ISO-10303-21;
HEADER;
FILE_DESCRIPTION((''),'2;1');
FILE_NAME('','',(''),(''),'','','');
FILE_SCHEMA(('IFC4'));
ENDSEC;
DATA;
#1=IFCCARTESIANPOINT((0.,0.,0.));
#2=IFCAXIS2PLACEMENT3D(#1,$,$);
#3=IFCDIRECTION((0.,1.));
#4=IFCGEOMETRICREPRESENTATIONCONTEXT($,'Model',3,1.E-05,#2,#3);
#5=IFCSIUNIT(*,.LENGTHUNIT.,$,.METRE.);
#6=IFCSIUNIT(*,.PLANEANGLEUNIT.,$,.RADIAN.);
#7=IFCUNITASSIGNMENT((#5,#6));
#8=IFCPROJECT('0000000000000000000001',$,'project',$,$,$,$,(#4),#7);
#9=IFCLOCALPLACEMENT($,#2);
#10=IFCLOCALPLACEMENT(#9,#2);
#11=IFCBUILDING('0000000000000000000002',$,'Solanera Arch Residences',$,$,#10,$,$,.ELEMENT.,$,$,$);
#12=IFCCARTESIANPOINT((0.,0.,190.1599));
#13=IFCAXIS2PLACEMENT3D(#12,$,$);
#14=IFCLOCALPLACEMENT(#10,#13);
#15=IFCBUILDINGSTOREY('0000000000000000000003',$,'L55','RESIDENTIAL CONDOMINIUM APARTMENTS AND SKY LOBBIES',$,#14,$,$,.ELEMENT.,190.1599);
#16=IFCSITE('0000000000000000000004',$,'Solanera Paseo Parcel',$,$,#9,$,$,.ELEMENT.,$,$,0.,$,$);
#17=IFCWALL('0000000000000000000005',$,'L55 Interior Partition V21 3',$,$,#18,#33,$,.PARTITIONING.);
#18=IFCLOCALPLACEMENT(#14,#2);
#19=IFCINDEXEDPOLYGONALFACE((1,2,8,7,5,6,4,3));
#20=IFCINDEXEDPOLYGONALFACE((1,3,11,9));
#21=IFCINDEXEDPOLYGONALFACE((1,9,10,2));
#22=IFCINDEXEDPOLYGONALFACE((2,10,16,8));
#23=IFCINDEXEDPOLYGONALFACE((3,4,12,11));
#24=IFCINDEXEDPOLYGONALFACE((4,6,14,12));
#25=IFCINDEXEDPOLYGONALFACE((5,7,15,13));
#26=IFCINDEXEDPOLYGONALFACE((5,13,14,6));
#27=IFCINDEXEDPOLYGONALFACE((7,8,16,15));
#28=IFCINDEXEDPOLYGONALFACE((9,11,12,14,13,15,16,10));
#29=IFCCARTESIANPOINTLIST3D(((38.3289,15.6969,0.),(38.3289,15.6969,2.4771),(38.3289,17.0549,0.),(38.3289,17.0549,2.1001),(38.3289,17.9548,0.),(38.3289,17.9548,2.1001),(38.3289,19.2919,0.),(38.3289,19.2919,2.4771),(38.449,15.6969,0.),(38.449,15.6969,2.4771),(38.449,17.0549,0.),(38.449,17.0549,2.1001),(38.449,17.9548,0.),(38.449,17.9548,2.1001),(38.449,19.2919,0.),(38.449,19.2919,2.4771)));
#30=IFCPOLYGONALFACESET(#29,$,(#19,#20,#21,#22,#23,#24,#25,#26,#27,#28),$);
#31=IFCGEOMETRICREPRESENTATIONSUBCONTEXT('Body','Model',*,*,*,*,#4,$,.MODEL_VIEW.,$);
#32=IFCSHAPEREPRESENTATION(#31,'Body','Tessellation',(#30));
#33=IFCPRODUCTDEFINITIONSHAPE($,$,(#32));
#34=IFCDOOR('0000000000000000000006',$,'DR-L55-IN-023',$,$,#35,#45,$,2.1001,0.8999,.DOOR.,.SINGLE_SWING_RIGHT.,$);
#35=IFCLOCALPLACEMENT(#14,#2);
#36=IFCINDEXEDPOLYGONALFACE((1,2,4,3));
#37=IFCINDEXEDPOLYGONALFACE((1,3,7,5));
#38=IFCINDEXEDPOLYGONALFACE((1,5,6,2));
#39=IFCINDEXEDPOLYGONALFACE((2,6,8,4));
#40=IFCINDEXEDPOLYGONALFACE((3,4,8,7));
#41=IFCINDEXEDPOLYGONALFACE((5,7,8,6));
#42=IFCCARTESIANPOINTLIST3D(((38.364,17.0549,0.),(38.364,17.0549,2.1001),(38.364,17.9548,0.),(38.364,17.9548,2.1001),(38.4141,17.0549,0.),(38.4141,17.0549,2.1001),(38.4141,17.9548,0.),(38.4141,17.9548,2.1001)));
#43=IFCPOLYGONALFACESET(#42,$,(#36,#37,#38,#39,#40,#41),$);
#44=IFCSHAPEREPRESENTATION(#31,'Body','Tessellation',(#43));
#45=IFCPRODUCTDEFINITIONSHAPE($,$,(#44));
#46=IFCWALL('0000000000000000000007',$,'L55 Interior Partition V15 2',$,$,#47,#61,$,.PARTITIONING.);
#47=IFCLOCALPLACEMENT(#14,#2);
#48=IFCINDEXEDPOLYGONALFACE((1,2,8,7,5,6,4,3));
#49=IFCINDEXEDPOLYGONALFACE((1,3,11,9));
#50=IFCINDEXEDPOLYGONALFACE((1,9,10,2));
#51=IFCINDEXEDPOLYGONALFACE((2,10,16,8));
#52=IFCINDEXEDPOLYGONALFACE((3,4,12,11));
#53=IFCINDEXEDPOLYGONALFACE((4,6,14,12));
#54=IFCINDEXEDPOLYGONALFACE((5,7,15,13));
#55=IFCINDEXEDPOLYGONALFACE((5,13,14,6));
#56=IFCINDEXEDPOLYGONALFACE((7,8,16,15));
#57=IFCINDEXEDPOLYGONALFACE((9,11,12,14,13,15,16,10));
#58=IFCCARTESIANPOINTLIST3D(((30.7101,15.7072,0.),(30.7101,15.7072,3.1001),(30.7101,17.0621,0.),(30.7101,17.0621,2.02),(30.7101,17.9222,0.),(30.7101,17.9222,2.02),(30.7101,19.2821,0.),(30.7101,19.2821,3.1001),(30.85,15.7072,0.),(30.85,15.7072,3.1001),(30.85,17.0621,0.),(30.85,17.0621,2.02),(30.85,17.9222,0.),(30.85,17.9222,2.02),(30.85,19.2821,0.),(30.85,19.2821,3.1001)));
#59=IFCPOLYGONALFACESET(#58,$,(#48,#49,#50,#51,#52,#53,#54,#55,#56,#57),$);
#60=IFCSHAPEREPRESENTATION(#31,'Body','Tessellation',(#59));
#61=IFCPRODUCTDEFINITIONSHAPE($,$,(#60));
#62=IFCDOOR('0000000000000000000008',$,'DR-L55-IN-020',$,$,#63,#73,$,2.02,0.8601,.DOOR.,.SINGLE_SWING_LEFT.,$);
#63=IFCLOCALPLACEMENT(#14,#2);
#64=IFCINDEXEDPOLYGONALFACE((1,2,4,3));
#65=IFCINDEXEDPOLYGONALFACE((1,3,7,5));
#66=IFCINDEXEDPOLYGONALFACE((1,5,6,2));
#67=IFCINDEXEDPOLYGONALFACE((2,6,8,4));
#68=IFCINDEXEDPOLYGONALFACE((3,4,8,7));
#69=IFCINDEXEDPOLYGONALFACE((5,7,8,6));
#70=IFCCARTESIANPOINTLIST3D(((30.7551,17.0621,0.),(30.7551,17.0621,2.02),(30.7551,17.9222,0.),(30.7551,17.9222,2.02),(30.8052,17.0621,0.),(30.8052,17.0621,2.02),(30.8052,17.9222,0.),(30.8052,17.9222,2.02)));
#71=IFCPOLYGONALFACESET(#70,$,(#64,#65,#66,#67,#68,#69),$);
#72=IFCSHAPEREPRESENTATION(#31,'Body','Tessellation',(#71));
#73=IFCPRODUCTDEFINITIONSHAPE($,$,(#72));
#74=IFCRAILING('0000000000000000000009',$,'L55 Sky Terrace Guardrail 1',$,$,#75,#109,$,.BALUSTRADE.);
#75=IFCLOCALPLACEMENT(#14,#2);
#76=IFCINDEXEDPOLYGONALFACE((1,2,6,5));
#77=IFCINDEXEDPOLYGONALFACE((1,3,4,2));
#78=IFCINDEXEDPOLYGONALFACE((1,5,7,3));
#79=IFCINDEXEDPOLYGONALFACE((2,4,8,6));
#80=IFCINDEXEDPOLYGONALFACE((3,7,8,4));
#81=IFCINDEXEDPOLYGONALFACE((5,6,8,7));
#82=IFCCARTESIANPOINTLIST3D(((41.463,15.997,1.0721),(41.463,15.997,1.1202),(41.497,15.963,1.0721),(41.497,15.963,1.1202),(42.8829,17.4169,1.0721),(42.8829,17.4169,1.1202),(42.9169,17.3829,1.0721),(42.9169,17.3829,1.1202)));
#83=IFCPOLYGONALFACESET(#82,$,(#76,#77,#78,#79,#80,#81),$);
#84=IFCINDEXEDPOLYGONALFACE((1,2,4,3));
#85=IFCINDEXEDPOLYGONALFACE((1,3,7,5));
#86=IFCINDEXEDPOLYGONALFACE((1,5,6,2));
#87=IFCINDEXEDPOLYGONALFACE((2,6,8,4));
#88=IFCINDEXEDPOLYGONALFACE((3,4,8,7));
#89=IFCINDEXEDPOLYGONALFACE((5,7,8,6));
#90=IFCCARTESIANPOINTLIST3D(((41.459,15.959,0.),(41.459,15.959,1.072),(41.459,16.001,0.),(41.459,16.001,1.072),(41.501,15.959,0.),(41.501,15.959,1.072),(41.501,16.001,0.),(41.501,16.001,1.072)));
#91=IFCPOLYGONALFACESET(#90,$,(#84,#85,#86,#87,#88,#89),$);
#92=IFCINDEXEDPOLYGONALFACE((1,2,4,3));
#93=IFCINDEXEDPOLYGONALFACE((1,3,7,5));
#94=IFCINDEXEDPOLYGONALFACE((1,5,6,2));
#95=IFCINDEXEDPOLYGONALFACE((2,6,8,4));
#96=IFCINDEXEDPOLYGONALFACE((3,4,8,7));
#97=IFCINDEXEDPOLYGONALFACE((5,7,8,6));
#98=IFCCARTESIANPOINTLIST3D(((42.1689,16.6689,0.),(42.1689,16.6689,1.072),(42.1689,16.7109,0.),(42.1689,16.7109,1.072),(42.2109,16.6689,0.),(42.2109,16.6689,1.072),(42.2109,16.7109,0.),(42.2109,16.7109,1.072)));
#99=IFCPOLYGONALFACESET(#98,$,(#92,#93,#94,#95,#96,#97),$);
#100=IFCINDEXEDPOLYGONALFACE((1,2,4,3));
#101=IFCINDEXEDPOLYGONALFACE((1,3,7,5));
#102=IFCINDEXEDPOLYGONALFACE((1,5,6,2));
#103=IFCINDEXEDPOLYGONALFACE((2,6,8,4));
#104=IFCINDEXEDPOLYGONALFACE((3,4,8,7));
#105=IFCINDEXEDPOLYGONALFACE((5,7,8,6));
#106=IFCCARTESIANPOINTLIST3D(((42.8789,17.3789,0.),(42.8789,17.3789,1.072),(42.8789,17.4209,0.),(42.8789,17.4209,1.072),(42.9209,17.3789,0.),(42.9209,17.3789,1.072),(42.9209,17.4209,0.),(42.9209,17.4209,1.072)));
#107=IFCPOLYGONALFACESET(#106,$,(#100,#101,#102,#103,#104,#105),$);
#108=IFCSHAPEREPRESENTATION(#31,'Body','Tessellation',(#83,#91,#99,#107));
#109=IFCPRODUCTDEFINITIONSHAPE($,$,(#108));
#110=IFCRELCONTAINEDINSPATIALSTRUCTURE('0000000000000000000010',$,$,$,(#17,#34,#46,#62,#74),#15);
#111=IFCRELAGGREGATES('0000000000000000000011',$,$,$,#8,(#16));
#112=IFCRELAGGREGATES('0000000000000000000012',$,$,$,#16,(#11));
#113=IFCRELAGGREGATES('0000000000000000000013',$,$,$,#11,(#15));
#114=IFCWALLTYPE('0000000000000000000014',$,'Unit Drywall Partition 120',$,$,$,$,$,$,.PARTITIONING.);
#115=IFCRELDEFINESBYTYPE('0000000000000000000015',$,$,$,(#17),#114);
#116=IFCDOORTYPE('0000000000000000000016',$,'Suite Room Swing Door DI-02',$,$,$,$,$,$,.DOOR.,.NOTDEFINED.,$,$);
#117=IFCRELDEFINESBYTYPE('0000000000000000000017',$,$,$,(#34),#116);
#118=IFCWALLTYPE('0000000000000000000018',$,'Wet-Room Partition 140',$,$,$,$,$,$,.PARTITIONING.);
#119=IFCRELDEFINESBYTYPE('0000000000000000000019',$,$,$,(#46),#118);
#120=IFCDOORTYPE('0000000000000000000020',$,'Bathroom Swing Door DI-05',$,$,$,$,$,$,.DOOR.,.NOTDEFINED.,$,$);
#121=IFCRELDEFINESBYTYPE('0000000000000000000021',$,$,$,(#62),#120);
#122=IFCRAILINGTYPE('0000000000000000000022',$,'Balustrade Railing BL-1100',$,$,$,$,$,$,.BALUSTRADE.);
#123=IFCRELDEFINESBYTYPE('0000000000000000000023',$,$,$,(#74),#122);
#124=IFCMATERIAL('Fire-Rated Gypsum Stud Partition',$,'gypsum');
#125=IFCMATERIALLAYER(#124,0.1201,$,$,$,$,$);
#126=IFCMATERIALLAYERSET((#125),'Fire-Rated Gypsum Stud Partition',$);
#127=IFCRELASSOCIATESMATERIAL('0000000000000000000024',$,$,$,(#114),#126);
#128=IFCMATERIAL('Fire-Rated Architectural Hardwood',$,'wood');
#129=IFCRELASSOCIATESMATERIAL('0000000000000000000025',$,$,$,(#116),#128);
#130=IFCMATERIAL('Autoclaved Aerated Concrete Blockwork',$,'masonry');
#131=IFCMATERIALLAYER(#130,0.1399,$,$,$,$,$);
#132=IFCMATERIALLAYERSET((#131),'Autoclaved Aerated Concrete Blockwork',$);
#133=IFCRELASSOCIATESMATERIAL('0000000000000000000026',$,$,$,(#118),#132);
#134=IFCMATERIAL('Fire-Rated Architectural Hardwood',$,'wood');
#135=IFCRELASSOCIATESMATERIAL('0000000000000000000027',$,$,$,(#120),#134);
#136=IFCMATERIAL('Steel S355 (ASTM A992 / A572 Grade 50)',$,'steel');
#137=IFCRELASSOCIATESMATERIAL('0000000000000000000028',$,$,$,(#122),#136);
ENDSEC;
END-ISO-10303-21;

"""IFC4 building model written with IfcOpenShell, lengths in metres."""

from ifc_helpers import new_model, si_unit, direction, frame, frame_2d, origin, origin_2d, place, context, subcontext, project, spatial, rectangle, extrude, material, layer, layer_set, type_object, element, fill, save


model = new_model("IFC4")

# Units and contexts
model_context = context("Model", 3, precision=1e-05, world=origin(), true_north=direction((0.0, 1.0)))
body_context = subcontext(model_context, "Body", "Model", "MODEL_VIEW")
ifc_project = project(units=[si_unit("LENGTHUNIT", "METRE"), si_unit("PLANEANGLEUNIT", "RADIAN")], contexts=[model_context])

# Site, building, storey
site_placement = place(None, origin())
site = spatial("IfcSite", under=ifc_project, at=site_placement, Name="Solanera Paseo Parcel", CompositionType="ELEMENT", RefElevation=0.0)
building_placement = place(site_placement, origin())
building = spatial("IfcBuilding", under=site, at=building_placement, Name="Solanera Arch Residences", CompositionType="ELEMENT")
storey_placement = place(building_placement, frame((0.0, 0.0, 190.1599)))
storey = spatial("IfcBuildingStorey", under=building, at=storey_placement, Name="L55", Description="RESIDENTIAL CONDOMINIUM APARTMENTS AND SKY LOBBIES", CompositionType="ELEMENT", Elevation=190.1599)

# Walls, openings, doors
ifc_material_1 = material(Name="Fire-Rated Gypsum Stud Partition", Category="gypsum")
ifc_layer_1 = layer(ifc_material_1, 0.1201)
ifc_layer_set_1 = layer_set([ifc_layer_1], Name="Fire-Rated Gypsum Stud Partition")
wall_type_1 = type_object("IfcWallType", Name="Unit Drywall Partition 120", PredefinedType="PARTITIONING", material=ifc_layer_set_1)
wall_1_placement = place(storey_placement, frame((38.3889, 15.697, 0.0), z_axis=(0.0, 0.0, 1.0), x_axis=(0.0, 1.0, 0.0)))
wall_1 = element("IfcWall", 1, at=wall_1_placement, inside=storey, type_object=wall_type_1, Name="L55 Interior Partition V21 3", PredefinedType="PARTITIONING", context=body_context, shape_type="SweptSolid", body=[
    extrude(rectangle(XDim=3.595, YDim=0.1201, at=frame_2d((1.7974, 0.0))), origin(), (0.0, 0.0, 1.0), 2.4771),
])
opening_1_placement = place(wall_1_placement, frame((1.3579, 0.0, 0.0)))
opening_1 = element("IfcOpeningElement", 2, at=opening_1_placement, cuts=wall_1, PredefinedType="OPENING", context=body_context, shape_type="SweptSolid", body=[
    extrude(rectangle(XDim=0.8999, YDim=2.1001, at=frame_2d((0.45, 1.05))), frame((0.0, 0.0701, 0.0), z_axis=(0.0, -1.0, 0.0), x_axis=(1.0, 0.0, 0.0)), (0.0, 0.0, 1.0), 0.1401),
])
ifc_material_2 = material(Name="Fire-Rated Architectural Hardwood", Category="wood")
door_type_1 = type_object("IfcDoorType", Name="Suite Room Swing Door DI-02", OperationType="NOTDEFINED", PredefinedType="DOOR", material=ifc_material_2)
door_1_placement = place(opening_1_placement, origin())
door_1 = element("IfcDoor", 3, at=door_1_placement, inside=storey, type_object=door_type_1, Name="DR-L55-IN-023", OperationType="SINGLE_SWING_RIGHT", OverallHeight=2.1001, OverallWidth=0.8999, PredefinedType="DOOR", context=body_context, shape_type="SweptSolid", body=[
    extrude(rectangle(XDim=0.8999, YDim=2.1001, at=frame_2d((0.45, 1.05))), frame((0.0, 0.0249, 0.0), z_axis=(0.0, -1.0, 0.0), x_axis=(1.0, 0.0, 0.0)), (0.0, 0.0, 1.0), 0.05),
])
fill(opening_1, door_1)
ifc_material_3 = material(Name="Autoclaved Aerated Concrete Blockwork", Category="masonry")
ifc_layer_2 = layer(ifc_material_3, 0.1399)
ifc_layer_set_2 = layer_set([ifc_layer_2], Name="Autoclaved Aerated Concrete Blockwork")
wall_type_2 = type_object("IfcWallType", Name="Wet-Room Partition 140", PredefinedType="PARTITIONING", material=ifc_layer_set_2)
wall_2_placement = place(storey_placement, frame((30.78, 15.707, 0.0), z_axis=(0.0, 0.0, 1.0), x_axis=(0.0, 1.0, 0.0)))
wall_2 = element("IfcWall", 4, at=wall_2_placement, inside=storey, type_object=wall_type_2, Name="L55 Interior Partition V15 2", PredefinedType="PARTITIONING", context=body_context, shape_type="SweptSolid", body=[
    extrude(rectangle(XDim=3.575, YDim=0.1399, at=frame_2d((1.7876, 0.0))), origin(), (0.0, 0.0, 1.0), 3.1001),
])
opening_2_placement = place(wall_2_placement, frame((1.355, 0.0, 0.0)))
opening_2 = element("IfcOpeningElement", 5, at=opening_2_placement, cuts=wall_2, PredefinedType="OPENING", context=body_context, shape_type="SweptSolid", body=[
    extrude(rectangle(XDim=0.8601, YDim=2.02, at=frame_2d((0.4302, 1.01))), frame((0.0, 0.0798, 0.0), z_axis=(0.0, -1.0, 0.0), x_axis=(1.0, 0.0, 0.0)), (0.0, 0.0, 1.0), 0.1599),
])
ifc_material_4 = material(Name="Fire-Rated Architectural Hardwood", Category="wood")
door_type_2 = type_object("IfcDoorType", Name="Bathroom Swing Door DI-05", OperationType="NOTDEFINED", PredefinedType="DOOR", material=ifc_material_4)
door_2_placement = place(opening_2_placement, origin())
door_2 = element("IfcDoor", 6, at=door_2_placement, inside=storey, type_object=door_type_2, Name="DR-L55-IN-020", OperationType="SINGLE_SWING_LEFT", OverallHeight=2.02, OverallWidth=0.8601, PredefinedType="DOOR", context=body_context, shape_type="SweptSolid", body=[
    extrude(rectangle(XDim=0.8601, YDim=2.02, at=frame_2d((0.4302, 1.01))), frame((0.0, 0.0249, 0.0), z_axis=(0.0, -1.0, 0.0), x_axis=(1.0, 0.0, 0.0)), (0.0, 0.0, 1.0), 0.05),
])
fill(opening_2, door_2)

# Railing
ifc_material_5 = material(Name="Steel S355 (ASTM A992 / A572 Grade 50)", Category="steel")
railing_type = type_object("IfcRailingType", Name="Balustrade Railing BL-1100", PredefinedType="BALUSTRADE", material=ifc_material_5)
railing_1_placement = place(storey_placement, frame((41.48, 15.98, 0.0)))
element("IfcRailing", 7, at=railing_1_placement, inside=storey, type_object=railing_type, Name="L55 Sky Terrace Guardrail 1", PredefinedType="BALUSTRADE", context=body_context, shape_type="SweptSolid", body=[
    extrude(rectangle(XDim=0.0481, YDim=0.0481, at=origin_2d()), frame((0.0, 0.0, 1.0962), z_axis=(0.707107, 0.707107, 0.0), x_axis=(-0.707107, 0.707107, 0.0)), (0.0, 0.0, 1.0), 2.0081),
    extrude(rectangle(XDim=0.042, YDim=0.042, at=origin_2d()), origin(), (0.0, 0.0, 1.0), 1.072),
    extrude(rectangle(XDim=0.042, YDim=0.042, at=origin_2d()), frame((0.71, 0.71, 0.0)), (0.0, 0.0, 1.0), 1.072),
    extrude(rectangle(XDim=0.042, YDim=0.042, at=origin_2d()), frame((1.4199, 1.4199, 0.0)), (0.0, 0.0, 1.0), 1.072),
])

save(model, "model.ifc")
